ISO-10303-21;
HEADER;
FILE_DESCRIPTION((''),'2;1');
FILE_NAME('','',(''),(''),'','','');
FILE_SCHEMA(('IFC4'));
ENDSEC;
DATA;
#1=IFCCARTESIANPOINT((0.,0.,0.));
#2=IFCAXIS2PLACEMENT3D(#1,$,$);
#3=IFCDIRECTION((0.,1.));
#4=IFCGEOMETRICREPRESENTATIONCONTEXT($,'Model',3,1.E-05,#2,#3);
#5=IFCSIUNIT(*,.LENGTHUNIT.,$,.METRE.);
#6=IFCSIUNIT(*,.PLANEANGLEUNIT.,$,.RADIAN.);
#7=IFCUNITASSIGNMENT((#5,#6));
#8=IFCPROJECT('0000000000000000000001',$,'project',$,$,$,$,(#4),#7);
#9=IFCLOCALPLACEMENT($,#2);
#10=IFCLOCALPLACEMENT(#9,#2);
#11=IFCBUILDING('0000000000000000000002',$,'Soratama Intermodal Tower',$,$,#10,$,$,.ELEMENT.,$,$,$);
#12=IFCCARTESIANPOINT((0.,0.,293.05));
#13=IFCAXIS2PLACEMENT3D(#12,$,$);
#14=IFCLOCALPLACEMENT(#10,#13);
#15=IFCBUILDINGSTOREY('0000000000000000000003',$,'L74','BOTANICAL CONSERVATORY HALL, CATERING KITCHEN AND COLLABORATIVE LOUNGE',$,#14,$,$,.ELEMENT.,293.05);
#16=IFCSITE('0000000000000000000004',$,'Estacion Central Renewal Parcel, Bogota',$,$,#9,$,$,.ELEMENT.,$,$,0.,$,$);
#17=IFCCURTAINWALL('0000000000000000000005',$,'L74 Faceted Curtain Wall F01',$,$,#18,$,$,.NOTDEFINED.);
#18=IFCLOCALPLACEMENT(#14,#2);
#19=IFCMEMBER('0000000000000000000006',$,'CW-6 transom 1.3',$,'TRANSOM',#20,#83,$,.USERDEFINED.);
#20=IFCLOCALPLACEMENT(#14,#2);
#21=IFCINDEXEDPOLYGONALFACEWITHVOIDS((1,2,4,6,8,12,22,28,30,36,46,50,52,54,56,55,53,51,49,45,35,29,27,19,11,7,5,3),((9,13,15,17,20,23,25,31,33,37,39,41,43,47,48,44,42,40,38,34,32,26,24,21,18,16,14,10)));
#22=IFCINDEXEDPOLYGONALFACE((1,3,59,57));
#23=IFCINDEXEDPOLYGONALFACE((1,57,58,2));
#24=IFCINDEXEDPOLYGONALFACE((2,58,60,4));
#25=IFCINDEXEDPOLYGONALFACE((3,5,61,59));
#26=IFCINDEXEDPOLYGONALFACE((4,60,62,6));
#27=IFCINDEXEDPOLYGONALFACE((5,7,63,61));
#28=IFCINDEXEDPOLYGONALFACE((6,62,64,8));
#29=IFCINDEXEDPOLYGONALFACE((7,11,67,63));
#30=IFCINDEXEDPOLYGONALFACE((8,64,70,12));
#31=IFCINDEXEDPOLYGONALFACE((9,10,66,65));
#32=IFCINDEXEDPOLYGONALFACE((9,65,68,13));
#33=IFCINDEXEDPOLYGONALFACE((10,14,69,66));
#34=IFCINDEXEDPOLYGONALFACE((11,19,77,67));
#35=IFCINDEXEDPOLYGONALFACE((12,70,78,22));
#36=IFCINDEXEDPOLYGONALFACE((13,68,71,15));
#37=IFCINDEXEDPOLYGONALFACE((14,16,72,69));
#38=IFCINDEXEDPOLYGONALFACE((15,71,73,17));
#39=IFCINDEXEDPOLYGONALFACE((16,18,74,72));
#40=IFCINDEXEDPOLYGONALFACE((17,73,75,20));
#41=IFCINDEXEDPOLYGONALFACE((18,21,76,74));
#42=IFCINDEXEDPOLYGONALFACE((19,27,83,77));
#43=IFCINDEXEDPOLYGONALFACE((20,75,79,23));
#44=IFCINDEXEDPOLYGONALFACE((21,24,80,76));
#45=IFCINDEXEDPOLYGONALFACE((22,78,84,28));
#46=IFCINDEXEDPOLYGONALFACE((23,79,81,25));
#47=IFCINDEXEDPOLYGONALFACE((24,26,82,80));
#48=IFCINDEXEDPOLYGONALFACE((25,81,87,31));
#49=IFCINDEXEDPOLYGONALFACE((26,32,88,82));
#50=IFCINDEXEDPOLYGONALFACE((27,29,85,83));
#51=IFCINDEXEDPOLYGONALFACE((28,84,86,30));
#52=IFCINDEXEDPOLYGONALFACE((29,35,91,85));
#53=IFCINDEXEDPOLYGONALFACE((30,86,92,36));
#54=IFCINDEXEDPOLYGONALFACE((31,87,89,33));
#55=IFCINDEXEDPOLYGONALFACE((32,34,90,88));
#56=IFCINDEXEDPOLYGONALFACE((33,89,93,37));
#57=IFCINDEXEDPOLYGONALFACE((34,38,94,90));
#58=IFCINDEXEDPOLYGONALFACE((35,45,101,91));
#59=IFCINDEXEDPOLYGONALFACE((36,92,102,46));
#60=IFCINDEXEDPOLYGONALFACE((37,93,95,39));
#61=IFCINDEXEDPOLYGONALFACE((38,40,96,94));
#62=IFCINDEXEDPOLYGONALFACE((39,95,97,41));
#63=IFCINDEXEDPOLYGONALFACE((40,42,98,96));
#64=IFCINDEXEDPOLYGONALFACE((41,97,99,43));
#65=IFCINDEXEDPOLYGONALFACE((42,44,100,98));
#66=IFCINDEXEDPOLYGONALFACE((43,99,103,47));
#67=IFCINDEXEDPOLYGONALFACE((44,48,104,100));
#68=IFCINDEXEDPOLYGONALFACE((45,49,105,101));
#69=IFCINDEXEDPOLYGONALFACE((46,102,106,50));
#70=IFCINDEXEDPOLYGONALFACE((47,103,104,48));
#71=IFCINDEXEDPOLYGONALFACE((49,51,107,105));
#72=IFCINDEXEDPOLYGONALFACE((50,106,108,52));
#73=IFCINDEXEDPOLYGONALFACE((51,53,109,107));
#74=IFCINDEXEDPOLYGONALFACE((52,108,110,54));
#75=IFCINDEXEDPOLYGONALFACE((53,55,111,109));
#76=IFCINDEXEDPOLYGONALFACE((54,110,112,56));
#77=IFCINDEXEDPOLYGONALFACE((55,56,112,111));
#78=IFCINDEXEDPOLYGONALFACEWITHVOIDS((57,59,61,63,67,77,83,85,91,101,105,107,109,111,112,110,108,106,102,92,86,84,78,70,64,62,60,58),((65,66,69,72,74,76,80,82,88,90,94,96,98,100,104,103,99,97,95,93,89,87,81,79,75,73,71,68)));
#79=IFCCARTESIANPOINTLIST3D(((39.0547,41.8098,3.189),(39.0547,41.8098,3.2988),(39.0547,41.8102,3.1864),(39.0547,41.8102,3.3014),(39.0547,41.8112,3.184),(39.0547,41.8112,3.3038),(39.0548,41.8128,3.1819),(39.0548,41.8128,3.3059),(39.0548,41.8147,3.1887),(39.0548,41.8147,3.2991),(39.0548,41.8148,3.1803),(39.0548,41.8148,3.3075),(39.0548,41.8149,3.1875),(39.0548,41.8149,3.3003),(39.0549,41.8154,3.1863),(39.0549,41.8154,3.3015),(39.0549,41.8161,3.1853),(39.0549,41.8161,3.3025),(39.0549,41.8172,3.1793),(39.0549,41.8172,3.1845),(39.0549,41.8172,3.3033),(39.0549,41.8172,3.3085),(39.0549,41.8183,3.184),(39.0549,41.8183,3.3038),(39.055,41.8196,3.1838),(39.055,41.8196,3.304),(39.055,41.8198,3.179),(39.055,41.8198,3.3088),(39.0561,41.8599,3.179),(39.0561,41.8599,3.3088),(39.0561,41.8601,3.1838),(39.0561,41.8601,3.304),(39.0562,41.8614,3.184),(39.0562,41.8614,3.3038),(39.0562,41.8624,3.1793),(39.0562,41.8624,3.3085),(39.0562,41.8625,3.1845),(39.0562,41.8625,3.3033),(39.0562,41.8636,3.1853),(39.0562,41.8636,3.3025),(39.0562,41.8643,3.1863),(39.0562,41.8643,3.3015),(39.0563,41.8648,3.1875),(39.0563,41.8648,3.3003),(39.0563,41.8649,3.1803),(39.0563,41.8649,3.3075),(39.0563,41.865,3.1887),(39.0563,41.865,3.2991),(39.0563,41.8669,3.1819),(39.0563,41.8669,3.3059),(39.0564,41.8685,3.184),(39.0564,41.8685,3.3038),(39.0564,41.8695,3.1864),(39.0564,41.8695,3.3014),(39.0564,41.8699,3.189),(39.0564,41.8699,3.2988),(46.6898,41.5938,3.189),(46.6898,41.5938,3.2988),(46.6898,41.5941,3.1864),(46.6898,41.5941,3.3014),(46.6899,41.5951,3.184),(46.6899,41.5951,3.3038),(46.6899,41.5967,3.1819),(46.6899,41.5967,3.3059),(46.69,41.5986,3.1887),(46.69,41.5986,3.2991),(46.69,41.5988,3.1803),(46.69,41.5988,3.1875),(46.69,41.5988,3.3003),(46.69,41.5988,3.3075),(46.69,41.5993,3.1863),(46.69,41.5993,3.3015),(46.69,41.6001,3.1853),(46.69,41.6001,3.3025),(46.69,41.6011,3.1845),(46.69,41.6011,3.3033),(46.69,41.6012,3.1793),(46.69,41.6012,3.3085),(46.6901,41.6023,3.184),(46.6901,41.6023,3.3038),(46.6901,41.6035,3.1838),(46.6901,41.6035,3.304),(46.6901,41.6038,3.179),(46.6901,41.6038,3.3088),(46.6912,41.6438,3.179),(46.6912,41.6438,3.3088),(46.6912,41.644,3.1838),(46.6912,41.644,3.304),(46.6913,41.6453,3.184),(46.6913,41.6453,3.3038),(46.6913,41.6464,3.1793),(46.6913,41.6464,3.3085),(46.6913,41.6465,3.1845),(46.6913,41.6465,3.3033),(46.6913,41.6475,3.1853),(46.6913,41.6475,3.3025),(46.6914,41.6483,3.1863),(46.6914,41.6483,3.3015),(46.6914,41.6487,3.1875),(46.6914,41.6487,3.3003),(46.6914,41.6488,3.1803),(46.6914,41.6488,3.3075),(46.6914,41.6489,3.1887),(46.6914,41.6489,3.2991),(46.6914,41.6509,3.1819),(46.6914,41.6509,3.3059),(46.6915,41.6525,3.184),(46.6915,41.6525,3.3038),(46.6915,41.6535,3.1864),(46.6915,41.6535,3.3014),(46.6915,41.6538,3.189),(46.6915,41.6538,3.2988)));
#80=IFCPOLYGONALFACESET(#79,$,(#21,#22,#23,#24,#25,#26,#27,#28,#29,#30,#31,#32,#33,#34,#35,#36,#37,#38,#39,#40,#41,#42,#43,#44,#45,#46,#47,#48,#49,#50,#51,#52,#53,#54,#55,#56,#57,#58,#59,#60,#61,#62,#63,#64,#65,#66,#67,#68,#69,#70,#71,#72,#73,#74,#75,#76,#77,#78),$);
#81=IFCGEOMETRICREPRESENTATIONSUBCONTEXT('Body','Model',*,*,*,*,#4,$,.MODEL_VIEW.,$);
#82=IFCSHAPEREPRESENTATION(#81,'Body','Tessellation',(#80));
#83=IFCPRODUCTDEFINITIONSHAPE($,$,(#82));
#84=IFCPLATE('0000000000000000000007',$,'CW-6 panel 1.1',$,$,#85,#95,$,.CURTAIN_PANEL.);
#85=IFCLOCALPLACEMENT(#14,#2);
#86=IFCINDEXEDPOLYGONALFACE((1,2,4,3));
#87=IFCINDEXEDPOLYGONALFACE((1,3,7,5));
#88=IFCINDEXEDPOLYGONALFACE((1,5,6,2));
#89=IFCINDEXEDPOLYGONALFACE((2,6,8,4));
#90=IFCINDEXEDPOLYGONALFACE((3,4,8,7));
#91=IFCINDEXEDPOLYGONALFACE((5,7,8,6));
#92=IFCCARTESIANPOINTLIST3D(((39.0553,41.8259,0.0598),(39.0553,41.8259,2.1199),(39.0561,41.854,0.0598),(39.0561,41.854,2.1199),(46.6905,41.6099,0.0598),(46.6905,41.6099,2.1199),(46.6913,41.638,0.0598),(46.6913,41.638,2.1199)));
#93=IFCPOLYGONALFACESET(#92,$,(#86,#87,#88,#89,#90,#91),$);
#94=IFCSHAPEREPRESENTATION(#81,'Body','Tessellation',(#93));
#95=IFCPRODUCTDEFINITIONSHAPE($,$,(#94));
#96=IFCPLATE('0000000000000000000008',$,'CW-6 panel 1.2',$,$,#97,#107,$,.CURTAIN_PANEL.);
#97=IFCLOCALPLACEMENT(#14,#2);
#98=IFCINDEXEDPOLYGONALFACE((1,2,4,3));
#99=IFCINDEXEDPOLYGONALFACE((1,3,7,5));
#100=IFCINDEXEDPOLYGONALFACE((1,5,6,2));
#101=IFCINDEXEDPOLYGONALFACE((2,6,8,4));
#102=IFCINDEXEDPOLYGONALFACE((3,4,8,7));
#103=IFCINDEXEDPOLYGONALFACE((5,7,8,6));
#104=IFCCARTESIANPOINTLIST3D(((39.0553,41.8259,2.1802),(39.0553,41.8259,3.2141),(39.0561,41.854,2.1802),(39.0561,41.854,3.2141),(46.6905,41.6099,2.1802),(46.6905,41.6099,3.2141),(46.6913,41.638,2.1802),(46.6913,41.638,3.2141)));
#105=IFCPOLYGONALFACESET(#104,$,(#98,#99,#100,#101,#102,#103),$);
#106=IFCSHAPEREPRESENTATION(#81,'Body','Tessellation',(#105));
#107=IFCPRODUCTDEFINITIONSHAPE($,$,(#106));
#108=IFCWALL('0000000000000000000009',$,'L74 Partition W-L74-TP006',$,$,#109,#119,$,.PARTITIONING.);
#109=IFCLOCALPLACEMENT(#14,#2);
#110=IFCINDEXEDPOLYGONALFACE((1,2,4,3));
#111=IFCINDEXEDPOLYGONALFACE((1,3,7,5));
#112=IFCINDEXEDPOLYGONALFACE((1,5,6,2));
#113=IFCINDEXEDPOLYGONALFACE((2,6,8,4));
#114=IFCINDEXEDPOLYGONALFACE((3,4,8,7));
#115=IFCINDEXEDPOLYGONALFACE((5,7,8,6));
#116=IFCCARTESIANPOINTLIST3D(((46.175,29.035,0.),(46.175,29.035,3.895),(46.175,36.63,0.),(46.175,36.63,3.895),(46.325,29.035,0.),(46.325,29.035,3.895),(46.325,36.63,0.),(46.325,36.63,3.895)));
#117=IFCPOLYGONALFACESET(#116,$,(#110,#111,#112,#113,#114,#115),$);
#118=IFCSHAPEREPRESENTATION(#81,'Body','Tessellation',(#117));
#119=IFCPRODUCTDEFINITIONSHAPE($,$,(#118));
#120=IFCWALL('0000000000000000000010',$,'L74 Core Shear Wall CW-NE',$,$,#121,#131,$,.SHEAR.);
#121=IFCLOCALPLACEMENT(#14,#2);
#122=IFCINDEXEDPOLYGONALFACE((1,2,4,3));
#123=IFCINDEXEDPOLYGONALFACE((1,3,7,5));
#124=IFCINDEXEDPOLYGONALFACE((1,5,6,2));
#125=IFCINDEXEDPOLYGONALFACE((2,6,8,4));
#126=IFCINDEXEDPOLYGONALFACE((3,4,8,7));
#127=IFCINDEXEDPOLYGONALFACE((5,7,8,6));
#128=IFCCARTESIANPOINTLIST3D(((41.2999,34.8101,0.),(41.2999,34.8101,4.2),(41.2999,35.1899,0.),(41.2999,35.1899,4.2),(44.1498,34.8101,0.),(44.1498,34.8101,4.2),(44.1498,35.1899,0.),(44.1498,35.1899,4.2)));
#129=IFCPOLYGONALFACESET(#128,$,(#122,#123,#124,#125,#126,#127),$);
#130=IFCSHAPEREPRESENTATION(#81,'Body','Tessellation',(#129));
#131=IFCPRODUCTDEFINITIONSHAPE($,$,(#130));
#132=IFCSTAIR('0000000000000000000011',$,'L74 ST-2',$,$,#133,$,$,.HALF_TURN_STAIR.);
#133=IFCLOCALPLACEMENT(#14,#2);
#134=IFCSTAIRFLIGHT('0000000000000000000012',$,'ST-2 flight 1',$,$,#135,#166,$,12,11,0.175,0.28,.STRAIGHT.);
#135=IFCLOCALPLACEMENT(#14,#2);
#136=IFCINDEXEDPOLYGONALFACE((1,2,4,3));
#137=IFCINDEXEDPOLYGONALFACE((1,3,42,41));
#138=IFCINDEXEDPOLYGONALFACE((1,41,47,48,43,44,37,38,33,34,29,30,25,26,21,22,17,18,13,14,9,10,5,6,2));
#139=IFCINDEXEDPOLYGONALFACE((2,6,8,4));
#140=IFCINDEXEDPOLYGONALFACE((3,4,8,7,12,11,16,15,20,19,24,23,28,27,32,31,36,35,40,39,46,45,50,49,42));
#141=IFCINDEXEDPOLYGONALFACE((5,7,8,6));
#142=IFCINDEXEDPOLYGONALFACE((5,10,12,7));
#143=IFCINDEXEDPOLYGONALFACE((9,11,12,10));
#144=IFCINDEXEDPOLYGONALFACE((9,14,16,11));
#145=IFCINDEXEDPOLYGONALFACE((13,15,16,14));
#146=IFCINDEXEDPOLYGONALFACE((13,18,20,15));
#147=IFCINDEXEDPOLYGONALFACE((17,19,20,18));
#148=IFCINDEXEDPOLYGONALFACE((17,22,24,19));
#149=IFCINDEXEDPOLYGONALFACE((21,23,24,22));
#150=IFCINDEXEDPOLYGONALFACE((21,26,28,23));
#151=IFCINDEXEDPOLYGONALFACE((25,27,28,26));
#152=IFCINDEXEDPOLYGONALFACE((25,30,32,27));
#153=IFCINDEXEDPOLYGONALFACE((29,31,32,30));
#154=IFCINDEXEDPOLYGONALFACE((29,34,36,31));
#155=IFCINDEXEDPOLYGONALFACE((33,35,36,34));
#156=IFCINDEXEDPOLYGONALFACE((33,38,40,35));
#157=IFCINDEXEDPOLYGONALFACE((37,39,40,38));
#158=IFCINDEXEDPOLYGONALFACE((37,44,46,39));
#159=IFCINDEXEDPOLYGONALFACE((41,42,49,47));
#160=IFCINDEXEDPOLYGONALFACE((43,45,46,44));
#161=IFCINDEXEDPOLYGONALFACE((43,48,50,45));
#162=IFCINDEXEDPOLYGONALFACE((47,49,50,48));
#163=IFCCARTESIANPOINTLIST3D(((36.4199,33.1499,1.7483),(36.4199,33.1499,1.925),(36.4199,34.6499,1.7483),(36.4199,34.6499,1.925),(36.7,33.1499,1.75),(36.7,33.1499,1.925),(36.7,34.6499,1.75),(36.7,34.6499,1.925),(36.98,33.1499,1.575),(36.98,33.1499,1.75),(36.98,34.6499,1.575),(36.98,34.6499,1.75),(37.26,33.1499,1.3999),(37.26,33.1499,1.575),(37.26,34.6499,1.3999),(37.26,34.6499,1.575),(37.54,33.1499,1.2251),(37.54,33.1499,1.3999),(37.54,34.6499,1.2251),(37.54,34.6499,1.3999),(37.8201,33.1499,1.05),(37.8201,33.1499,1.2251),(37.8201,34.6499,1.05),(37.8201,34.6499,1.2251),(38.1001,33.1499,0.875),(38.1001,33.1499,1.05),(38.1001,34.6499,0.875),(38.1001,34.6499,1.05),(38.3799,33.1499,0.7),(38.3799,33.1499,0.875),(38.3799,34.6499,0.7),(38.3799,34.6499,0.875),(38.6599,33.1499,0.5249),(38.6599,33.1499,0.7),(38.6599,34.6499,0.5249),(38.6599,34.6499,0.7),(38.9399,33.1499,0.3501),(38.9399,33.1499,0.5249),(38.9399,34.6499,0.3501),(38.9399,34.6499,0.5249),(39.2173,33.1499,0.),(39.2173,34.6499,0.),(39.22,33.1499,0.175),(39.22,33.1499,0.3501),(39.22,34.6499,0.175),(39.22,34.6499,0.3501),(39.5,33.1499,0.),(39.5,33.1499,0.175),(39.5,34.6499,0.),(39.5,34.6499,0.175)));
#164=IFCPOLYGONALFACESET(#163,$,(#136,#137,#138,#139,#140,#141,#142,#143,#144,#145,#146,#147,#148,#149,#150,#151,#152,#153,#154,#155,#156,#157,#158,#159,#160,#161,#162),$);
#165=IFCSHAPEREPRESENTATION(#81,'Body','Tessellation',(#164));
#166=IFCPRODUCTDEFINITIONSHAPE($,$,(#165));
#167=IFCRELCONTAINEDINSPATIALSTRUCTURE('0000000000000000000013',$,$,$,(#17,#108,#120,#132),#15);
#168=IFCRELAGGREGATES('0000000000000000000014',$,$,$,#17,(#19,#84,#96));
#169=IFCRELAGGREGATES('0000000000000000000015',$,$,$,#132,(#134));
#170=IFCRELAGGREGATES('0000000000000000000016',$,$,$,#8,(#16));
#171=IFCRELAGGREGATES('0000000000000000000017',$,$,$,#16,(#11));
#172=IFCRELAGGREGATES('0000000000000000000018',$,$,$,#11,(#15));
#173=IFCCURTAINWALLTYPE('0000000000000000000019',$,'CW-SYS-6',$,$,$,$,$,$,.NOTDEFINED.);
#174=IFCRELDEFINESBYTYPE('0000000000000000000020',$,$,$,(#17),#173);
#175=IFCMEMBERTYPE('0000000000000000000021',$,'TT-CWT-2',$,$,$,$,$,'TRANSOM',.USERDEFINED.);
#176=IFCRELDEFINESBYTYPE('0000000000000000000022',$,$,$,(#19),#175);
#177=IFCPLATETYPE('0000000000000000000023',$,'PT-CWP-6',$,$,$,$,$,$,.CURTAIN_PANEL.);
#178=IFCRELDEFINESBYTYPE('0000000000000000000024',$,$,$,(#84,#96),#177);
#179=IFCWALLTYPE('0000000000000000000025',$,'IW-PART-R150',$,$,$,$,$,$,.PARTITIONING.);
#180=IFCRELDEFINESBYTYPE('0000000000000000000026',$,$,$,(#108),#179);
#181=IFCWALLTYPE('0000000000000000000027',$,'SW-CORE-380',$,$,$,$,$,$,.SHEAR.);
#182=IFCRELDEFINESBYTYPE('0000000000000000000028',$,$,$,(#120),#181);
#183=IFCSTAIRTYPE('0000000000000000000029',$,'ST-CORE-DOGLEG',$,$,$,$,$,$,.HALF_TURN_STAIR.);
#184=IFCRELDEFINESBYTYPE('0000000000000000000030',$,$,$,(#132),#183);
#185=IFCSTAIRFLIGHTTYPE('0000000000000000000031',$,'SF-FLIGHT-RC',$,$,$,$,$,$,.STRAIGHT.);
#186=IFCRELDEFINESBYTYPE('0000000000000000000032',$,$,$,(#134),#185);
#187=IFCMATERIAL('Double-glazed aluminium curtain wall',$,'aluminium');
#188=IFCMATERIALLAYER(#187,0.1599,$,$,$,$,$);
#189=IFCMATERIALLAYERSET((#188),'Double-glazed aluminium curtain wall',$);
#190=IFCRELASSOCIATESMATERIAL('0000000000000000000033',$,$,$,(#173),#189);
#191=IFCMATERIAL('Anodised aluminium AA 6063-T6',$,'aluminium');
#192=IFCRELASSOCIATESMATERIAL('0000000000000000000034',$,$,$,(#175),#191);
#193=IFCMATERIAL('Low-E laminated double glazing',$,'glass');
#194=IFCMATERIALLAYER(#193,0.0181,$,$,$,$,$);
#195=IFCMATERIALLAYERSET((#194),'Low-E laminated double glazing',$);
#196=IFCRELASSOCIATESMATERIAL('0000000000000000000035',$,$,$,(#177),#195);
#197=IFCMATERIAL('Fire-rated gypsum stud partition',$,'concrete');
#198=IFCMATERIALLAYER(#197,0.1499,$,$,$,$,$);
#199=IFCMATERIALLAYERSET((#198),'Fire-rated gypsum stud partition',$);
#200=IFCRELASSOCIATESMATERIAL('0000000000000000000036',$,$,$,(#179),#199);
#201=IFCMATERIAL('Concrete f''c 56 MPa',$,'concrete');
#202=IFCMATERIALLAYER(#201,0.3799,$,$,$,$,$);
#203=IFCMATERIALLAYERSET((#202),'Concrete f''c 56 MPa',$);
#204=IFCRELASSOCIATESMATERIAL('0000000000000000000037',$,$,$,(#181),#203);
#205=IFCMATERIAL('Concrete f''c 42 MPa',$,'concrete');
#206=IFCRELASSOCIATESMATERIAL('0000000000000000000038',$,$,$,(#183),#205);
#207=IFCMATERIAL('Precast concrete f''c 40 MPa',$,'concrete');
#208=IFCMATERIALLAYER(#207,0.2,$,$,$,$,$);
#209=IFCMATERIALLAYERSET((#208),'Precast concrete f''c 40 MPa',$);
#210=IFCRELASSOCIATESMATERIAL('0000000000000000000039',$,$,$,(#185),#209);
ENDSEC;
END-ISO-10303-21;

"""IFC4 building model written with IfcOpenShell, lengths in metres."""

from ifc_helpers import new_model, si_unit, direction, frame, frame_2d, origin, origin_2d, place, context, subcontext, project, spatial, polyline, rectangle, hollow_rectangle, outline, extrude, material, layer, layer_set, material_profile, profile_set, type_object, element, aggregate, save


model = new_model("IFC4")

# Units and contexts
model_context = context("Model", 3, precision=1e-05, world=origin(), true_north=direction((0.0, 1.0)))
body_context = subcontext(model_context, "Body", "Model", "MODEL_VIEW")
ifc_project = project(units=[si_unit("LENGTHUNIT", "METRE"), si_unit("PLANEANGLEUNIT", "RADIAN")], contexts=[model_context])

# Site, building, storey
site_placement = place(None, origin())
site = spatial("IfcSite", under=ifc_project, at=site_placement, Name="Estacion Central Renewal Parcel, Bogota", CompositionType="ELEMENT", RefElevation=0.0)
building_placement = place(site_placement, origin())
building = spatial("IfcBuilding", under=site, at=building_placement, Name="Soratama Intermodal Tower", CompositionType="ELEMENT")
storey_placement = place(building_placement, frame((0.0, 0.0, 293.05)))
storey = spatial("IfcBuildingStorey", under=building, at=storey_placement, Name="L74", Description="BOTANICAL CONSERVATORY HALL, CATERING KITCHEN AND COLLABORATIVE LOUNGE", CompositionType="ELEMENT", Elevation=293.05)

# Curtain wall, member, plates
ifc_material_1 = material(Name="Double-glazed aluminium curtain wall", Category="aluminium")
ifc_layer_1 = layer(ifc_material_1, 0.1599)
ifc_layer_set_1 = layer_set([ifc_layer_1], Name="Double-glazed aluminium curtain wall")
curtain_wall_type = type_object("IfcCurtainWallType", Name="CW-SYS-6", PredefinedType="NOTDEFINED", material=ifc_layer_set_1)
curtain_wall_placement = place(storey_placement, origin())
curtain_wall = element("IfcCurtainWall", 1, at=curtain_wall_placement, inside=storey, type_object=curtain_wall_type, Name="L74 Faceted Curtain Wall F01", PredefinedType="NOTDEFINED")
ifc_material_2 = material(Name="Anodised aluminium AA 6063-T6", Category="aluminium")
ifc_material_profile_1 = material_profile(ifc_material_2, hollow_rectangle(XDim=0.0601, YDim=0.1299, WallThickness=0.0049, InnerFilletRadius=0.0049, OuterFilletRadius=0.01, at=origin_2d()), Name="CWT130X60X5")
ifc_profile_set_1 = profile_set([ifc_material_profile_1], Name="Anodised aluminium AA 6063-T6")
member_type = type_object("IfcMemberType", Name="TT-CWT-2", ElementType="TRANSOM", PredefinedType="USERDEFINED", material=ifc_profile_set_1)
member_1_placement = place(storey_placement, frame((46.6907, 41.6238, 3.2439), z_axis=(-0.9996, 0.028288, 0.0), x_axis=(-0.028288, -0.9996, 0.0)))
member_1 = element("IfcMember", 2, at=member_1_placement, type_object=member_type, Name="CW-6 transom 1.3", ObjectType="TRANSOM", PredefinedType="USERDEFINED", context=body_context, shape_type="SweptSolid", body=[
    extrude(hollow_rectangle(XDim=0.0601, YDim=0.1299, WallThickness=0.0049, InnerFilletRadius=0.0049, OuterFilletRadius=0.01, at=origin_2d()), origin(), (0.0, 0.0, 1.0), 7.6382),
])
ifc_material_3 = material(Name="Low-E laminated double glazing", Category="glass")
ifc_layer_2 = layer(ifc_material_3, 0.0181)
ifc_layer_set_2 = layer_set([ifc_layer_2], Name="Low-E laminated double glazing")
plate_type = type_object("IfcPlateType", Name="PT-CWP-6", PredefinedType="CURTAIN_PANEL", material=ifc_layer_set_2)
plate_1_placement = place(storey_placement, frame((42.8733, 41.7319, 0.0598), z_axis=(0.0, 0.0, 1.0), x_axis=(-0.9996, 0.02828, 0.0)))
plate_1 = element("IfcPlate", 3, at=plate_1_placement, type_object=plate_type, Name="CW-6 panel 1.1", PredefinedType="CURTAIN_PANEL", context=body_context, shape_type="SweptSolid", body=[
    extrude(rectangle(XDim=7.6382, YDim=0.0281, at=origin_2d()), origin(), (0.0, 0.0, 1.0), 2.0601),
])
plate_2_placement = place(storey_placement, frame((42.8733, 41.7319, 2.1802), z_axis=(0.0, 0.0, 1.0), x_axis=(-0.9996, 0.02828, 0.0)))
plate_2 = element("IfcPlate", 4, at=plate_2_placement, type_object=plate_type, Name="CW-6 panel 1.2", PredefinedType="CURTAIN_PANEL", context=body_context, shape_type="SweptSolid", body=[
    extrude(rectangle(XDim=7.6382, YDim=0.0281, at=origin_2d()), origin(), (0.0, 0.0, 1.0), 1.0339),
])
aggregate(curtain_wall, [member_1, plate_1, plate_2])

# Walls
ifc_material_4 = material(Name="Fire-rated gypsum stud partition", Category="concrete")
ifc_layer_3 = layer(ifc_material_4, 0.1499)
ifc_layer_set_3 = layer_set([ifc_layer_3], Name="Fire-rated gypsum stud partition")
wall_type_1 = type_object("IfcWallType", Name="IW-PART-R150", PredefinedType="PARTITIONING", material=ifc_layer_set_3)
wall_1_placement = place(storey_placement, frame((46.25, 36.6299, 0.0), z_axis=(0.0, 0.0, 1.0), x_axis=(0.0, -1.0, 0.0)))
element("IfcWall", 5, at=wall_1_placement, inside=storey, type_object=wall_type_1, Name="L74 Partition W-L74-TP006", PredefinedType="PARTITIONING", context=body_context, shape_type="SweptSolid", body=[
    extrude(rectangle(XDim=7.595, YDim=0.1499, at=frame_2d((3.7974, 0.0))), origin(), (0.0, 0.0, 1.0), 3.895),
])
ifc_material_5 = material(Name="Concrete f'c 56 MPa", Category="concrete")
ifc_layer_4 = layer(ifc_material_5, 0.3799)
ifc_layer_set_4 = layer_set([ifc_layer_4], Name="Concrete f'c 56 MPa")
wall_type_2 = type_object("IfcWallType", Name="SW-CORE-380", PredefinedType="SHEAR", material=ifc_layer_set_4)
wall_2_placement = place(storey_placement, frame((41.3, 35.0, 0.0), z_axis=(0.0, 0.0, 1.0), x_axis=(1.0, 0.0, 0.0)))
element("IfcWall", 6, at=wall_2_placement, inside=storey, type_object=wall_type_2, Name="L74 Core Shear Wall CW-NE", PredefinedType="SHEAR", context=body_context, shape_type="SweptSolid", body=[
    extrude(rectangle(XDim=2.8499, YDim=0.3799, at=frame_2d((1.4248, 0.0))), origin(), (0.0, 0.0, 1.0), 4.2),
])

# Stair, stair flight
ifc_material_6 = material(Name="Concrete f'c 42 MPa", Category="concrete")
stair_type = type_object("IfcStairType", Name="ST-CORE-DOGLEG", PredefinedType="HALF_TURN_STAIR", material=ifc_material_6)
stair_placement = place(storey_placement, origin())
stair = element("IfcStair", 7, at=stair_placement, inside=storey, type_object=stair_type, Name="L74 ST-2", PredefinedType="HALF_TURN_STAIR")
ifc_material_7 = material(Name="Precast concrete f'c 40 MPa", Category="concrete")
ifc_layer_5 = layer(ifc_material_7, 0.2)
ifc_layer_set_5 = layer_set([ifc_layer_5], Name="Precast concrete f'c 40 MPa")
stair_flight_type = type_object("IfcStairFlightType", Name="SF-FLIGHT-RC", PredefinedType="STRAIGHT", material=ifc_layer_set_5)
stair_flight_placement = place(storey_placement, frame((39.5, 33.8999, 0.0), z_axis=(0.0, 0.0, 1.0), x_axis=(-1.0, 0.0, 0.0)))
stair_flight = element("IfcStairFlight", 8, at=stair_flight_placement, type_object=stair_flight_type, Name="ST-2 flight 1", NumberOfRisers=12, NumberOfTreads=11, PredefinedType="STRAIGHT", RiserHeight=0.175, TreadLength=0.28, context=body_context, shape_type="SweptSolid", body=[
    extrude(outline(polyline([(0.0, 0.0), (0.0, 0.175), (0.28, 0.175), (0.28, 0.3501), (0.5601, 0.3501), (0.5601, 0.5249), (0.8401, 0.5249), (0.8401, 0.7), (1.1201, 0.7), (1.1201, 0.875), (1.3999, 0.875), (1.3999, 1.05), (1.6799, 1.05), (1.6799, 1.2251), (1.96, 1.2251), (1.96, 1.3999), (2.24, 1.3999), (2.24, 1.575), (2.52, 1.575), (2.52, 1.75), (2.8, 1.75), (2.8, 1.925), (3.0801, 1.925), (3.0801, 2.1001), (3.0801, 1.7483), (0.2827, 0.0), (0.0, 0.0)])), frame((0.0, 0.75, 0.0), z_axis=(0.0, -1.0, 0.0), x_axis=(1.0, 0.0, 0.0)), (0.0, 0.0, 1.0), 1.5),
])
aggregate(stair, [stair_flight])

save(model, "model.ifc")
